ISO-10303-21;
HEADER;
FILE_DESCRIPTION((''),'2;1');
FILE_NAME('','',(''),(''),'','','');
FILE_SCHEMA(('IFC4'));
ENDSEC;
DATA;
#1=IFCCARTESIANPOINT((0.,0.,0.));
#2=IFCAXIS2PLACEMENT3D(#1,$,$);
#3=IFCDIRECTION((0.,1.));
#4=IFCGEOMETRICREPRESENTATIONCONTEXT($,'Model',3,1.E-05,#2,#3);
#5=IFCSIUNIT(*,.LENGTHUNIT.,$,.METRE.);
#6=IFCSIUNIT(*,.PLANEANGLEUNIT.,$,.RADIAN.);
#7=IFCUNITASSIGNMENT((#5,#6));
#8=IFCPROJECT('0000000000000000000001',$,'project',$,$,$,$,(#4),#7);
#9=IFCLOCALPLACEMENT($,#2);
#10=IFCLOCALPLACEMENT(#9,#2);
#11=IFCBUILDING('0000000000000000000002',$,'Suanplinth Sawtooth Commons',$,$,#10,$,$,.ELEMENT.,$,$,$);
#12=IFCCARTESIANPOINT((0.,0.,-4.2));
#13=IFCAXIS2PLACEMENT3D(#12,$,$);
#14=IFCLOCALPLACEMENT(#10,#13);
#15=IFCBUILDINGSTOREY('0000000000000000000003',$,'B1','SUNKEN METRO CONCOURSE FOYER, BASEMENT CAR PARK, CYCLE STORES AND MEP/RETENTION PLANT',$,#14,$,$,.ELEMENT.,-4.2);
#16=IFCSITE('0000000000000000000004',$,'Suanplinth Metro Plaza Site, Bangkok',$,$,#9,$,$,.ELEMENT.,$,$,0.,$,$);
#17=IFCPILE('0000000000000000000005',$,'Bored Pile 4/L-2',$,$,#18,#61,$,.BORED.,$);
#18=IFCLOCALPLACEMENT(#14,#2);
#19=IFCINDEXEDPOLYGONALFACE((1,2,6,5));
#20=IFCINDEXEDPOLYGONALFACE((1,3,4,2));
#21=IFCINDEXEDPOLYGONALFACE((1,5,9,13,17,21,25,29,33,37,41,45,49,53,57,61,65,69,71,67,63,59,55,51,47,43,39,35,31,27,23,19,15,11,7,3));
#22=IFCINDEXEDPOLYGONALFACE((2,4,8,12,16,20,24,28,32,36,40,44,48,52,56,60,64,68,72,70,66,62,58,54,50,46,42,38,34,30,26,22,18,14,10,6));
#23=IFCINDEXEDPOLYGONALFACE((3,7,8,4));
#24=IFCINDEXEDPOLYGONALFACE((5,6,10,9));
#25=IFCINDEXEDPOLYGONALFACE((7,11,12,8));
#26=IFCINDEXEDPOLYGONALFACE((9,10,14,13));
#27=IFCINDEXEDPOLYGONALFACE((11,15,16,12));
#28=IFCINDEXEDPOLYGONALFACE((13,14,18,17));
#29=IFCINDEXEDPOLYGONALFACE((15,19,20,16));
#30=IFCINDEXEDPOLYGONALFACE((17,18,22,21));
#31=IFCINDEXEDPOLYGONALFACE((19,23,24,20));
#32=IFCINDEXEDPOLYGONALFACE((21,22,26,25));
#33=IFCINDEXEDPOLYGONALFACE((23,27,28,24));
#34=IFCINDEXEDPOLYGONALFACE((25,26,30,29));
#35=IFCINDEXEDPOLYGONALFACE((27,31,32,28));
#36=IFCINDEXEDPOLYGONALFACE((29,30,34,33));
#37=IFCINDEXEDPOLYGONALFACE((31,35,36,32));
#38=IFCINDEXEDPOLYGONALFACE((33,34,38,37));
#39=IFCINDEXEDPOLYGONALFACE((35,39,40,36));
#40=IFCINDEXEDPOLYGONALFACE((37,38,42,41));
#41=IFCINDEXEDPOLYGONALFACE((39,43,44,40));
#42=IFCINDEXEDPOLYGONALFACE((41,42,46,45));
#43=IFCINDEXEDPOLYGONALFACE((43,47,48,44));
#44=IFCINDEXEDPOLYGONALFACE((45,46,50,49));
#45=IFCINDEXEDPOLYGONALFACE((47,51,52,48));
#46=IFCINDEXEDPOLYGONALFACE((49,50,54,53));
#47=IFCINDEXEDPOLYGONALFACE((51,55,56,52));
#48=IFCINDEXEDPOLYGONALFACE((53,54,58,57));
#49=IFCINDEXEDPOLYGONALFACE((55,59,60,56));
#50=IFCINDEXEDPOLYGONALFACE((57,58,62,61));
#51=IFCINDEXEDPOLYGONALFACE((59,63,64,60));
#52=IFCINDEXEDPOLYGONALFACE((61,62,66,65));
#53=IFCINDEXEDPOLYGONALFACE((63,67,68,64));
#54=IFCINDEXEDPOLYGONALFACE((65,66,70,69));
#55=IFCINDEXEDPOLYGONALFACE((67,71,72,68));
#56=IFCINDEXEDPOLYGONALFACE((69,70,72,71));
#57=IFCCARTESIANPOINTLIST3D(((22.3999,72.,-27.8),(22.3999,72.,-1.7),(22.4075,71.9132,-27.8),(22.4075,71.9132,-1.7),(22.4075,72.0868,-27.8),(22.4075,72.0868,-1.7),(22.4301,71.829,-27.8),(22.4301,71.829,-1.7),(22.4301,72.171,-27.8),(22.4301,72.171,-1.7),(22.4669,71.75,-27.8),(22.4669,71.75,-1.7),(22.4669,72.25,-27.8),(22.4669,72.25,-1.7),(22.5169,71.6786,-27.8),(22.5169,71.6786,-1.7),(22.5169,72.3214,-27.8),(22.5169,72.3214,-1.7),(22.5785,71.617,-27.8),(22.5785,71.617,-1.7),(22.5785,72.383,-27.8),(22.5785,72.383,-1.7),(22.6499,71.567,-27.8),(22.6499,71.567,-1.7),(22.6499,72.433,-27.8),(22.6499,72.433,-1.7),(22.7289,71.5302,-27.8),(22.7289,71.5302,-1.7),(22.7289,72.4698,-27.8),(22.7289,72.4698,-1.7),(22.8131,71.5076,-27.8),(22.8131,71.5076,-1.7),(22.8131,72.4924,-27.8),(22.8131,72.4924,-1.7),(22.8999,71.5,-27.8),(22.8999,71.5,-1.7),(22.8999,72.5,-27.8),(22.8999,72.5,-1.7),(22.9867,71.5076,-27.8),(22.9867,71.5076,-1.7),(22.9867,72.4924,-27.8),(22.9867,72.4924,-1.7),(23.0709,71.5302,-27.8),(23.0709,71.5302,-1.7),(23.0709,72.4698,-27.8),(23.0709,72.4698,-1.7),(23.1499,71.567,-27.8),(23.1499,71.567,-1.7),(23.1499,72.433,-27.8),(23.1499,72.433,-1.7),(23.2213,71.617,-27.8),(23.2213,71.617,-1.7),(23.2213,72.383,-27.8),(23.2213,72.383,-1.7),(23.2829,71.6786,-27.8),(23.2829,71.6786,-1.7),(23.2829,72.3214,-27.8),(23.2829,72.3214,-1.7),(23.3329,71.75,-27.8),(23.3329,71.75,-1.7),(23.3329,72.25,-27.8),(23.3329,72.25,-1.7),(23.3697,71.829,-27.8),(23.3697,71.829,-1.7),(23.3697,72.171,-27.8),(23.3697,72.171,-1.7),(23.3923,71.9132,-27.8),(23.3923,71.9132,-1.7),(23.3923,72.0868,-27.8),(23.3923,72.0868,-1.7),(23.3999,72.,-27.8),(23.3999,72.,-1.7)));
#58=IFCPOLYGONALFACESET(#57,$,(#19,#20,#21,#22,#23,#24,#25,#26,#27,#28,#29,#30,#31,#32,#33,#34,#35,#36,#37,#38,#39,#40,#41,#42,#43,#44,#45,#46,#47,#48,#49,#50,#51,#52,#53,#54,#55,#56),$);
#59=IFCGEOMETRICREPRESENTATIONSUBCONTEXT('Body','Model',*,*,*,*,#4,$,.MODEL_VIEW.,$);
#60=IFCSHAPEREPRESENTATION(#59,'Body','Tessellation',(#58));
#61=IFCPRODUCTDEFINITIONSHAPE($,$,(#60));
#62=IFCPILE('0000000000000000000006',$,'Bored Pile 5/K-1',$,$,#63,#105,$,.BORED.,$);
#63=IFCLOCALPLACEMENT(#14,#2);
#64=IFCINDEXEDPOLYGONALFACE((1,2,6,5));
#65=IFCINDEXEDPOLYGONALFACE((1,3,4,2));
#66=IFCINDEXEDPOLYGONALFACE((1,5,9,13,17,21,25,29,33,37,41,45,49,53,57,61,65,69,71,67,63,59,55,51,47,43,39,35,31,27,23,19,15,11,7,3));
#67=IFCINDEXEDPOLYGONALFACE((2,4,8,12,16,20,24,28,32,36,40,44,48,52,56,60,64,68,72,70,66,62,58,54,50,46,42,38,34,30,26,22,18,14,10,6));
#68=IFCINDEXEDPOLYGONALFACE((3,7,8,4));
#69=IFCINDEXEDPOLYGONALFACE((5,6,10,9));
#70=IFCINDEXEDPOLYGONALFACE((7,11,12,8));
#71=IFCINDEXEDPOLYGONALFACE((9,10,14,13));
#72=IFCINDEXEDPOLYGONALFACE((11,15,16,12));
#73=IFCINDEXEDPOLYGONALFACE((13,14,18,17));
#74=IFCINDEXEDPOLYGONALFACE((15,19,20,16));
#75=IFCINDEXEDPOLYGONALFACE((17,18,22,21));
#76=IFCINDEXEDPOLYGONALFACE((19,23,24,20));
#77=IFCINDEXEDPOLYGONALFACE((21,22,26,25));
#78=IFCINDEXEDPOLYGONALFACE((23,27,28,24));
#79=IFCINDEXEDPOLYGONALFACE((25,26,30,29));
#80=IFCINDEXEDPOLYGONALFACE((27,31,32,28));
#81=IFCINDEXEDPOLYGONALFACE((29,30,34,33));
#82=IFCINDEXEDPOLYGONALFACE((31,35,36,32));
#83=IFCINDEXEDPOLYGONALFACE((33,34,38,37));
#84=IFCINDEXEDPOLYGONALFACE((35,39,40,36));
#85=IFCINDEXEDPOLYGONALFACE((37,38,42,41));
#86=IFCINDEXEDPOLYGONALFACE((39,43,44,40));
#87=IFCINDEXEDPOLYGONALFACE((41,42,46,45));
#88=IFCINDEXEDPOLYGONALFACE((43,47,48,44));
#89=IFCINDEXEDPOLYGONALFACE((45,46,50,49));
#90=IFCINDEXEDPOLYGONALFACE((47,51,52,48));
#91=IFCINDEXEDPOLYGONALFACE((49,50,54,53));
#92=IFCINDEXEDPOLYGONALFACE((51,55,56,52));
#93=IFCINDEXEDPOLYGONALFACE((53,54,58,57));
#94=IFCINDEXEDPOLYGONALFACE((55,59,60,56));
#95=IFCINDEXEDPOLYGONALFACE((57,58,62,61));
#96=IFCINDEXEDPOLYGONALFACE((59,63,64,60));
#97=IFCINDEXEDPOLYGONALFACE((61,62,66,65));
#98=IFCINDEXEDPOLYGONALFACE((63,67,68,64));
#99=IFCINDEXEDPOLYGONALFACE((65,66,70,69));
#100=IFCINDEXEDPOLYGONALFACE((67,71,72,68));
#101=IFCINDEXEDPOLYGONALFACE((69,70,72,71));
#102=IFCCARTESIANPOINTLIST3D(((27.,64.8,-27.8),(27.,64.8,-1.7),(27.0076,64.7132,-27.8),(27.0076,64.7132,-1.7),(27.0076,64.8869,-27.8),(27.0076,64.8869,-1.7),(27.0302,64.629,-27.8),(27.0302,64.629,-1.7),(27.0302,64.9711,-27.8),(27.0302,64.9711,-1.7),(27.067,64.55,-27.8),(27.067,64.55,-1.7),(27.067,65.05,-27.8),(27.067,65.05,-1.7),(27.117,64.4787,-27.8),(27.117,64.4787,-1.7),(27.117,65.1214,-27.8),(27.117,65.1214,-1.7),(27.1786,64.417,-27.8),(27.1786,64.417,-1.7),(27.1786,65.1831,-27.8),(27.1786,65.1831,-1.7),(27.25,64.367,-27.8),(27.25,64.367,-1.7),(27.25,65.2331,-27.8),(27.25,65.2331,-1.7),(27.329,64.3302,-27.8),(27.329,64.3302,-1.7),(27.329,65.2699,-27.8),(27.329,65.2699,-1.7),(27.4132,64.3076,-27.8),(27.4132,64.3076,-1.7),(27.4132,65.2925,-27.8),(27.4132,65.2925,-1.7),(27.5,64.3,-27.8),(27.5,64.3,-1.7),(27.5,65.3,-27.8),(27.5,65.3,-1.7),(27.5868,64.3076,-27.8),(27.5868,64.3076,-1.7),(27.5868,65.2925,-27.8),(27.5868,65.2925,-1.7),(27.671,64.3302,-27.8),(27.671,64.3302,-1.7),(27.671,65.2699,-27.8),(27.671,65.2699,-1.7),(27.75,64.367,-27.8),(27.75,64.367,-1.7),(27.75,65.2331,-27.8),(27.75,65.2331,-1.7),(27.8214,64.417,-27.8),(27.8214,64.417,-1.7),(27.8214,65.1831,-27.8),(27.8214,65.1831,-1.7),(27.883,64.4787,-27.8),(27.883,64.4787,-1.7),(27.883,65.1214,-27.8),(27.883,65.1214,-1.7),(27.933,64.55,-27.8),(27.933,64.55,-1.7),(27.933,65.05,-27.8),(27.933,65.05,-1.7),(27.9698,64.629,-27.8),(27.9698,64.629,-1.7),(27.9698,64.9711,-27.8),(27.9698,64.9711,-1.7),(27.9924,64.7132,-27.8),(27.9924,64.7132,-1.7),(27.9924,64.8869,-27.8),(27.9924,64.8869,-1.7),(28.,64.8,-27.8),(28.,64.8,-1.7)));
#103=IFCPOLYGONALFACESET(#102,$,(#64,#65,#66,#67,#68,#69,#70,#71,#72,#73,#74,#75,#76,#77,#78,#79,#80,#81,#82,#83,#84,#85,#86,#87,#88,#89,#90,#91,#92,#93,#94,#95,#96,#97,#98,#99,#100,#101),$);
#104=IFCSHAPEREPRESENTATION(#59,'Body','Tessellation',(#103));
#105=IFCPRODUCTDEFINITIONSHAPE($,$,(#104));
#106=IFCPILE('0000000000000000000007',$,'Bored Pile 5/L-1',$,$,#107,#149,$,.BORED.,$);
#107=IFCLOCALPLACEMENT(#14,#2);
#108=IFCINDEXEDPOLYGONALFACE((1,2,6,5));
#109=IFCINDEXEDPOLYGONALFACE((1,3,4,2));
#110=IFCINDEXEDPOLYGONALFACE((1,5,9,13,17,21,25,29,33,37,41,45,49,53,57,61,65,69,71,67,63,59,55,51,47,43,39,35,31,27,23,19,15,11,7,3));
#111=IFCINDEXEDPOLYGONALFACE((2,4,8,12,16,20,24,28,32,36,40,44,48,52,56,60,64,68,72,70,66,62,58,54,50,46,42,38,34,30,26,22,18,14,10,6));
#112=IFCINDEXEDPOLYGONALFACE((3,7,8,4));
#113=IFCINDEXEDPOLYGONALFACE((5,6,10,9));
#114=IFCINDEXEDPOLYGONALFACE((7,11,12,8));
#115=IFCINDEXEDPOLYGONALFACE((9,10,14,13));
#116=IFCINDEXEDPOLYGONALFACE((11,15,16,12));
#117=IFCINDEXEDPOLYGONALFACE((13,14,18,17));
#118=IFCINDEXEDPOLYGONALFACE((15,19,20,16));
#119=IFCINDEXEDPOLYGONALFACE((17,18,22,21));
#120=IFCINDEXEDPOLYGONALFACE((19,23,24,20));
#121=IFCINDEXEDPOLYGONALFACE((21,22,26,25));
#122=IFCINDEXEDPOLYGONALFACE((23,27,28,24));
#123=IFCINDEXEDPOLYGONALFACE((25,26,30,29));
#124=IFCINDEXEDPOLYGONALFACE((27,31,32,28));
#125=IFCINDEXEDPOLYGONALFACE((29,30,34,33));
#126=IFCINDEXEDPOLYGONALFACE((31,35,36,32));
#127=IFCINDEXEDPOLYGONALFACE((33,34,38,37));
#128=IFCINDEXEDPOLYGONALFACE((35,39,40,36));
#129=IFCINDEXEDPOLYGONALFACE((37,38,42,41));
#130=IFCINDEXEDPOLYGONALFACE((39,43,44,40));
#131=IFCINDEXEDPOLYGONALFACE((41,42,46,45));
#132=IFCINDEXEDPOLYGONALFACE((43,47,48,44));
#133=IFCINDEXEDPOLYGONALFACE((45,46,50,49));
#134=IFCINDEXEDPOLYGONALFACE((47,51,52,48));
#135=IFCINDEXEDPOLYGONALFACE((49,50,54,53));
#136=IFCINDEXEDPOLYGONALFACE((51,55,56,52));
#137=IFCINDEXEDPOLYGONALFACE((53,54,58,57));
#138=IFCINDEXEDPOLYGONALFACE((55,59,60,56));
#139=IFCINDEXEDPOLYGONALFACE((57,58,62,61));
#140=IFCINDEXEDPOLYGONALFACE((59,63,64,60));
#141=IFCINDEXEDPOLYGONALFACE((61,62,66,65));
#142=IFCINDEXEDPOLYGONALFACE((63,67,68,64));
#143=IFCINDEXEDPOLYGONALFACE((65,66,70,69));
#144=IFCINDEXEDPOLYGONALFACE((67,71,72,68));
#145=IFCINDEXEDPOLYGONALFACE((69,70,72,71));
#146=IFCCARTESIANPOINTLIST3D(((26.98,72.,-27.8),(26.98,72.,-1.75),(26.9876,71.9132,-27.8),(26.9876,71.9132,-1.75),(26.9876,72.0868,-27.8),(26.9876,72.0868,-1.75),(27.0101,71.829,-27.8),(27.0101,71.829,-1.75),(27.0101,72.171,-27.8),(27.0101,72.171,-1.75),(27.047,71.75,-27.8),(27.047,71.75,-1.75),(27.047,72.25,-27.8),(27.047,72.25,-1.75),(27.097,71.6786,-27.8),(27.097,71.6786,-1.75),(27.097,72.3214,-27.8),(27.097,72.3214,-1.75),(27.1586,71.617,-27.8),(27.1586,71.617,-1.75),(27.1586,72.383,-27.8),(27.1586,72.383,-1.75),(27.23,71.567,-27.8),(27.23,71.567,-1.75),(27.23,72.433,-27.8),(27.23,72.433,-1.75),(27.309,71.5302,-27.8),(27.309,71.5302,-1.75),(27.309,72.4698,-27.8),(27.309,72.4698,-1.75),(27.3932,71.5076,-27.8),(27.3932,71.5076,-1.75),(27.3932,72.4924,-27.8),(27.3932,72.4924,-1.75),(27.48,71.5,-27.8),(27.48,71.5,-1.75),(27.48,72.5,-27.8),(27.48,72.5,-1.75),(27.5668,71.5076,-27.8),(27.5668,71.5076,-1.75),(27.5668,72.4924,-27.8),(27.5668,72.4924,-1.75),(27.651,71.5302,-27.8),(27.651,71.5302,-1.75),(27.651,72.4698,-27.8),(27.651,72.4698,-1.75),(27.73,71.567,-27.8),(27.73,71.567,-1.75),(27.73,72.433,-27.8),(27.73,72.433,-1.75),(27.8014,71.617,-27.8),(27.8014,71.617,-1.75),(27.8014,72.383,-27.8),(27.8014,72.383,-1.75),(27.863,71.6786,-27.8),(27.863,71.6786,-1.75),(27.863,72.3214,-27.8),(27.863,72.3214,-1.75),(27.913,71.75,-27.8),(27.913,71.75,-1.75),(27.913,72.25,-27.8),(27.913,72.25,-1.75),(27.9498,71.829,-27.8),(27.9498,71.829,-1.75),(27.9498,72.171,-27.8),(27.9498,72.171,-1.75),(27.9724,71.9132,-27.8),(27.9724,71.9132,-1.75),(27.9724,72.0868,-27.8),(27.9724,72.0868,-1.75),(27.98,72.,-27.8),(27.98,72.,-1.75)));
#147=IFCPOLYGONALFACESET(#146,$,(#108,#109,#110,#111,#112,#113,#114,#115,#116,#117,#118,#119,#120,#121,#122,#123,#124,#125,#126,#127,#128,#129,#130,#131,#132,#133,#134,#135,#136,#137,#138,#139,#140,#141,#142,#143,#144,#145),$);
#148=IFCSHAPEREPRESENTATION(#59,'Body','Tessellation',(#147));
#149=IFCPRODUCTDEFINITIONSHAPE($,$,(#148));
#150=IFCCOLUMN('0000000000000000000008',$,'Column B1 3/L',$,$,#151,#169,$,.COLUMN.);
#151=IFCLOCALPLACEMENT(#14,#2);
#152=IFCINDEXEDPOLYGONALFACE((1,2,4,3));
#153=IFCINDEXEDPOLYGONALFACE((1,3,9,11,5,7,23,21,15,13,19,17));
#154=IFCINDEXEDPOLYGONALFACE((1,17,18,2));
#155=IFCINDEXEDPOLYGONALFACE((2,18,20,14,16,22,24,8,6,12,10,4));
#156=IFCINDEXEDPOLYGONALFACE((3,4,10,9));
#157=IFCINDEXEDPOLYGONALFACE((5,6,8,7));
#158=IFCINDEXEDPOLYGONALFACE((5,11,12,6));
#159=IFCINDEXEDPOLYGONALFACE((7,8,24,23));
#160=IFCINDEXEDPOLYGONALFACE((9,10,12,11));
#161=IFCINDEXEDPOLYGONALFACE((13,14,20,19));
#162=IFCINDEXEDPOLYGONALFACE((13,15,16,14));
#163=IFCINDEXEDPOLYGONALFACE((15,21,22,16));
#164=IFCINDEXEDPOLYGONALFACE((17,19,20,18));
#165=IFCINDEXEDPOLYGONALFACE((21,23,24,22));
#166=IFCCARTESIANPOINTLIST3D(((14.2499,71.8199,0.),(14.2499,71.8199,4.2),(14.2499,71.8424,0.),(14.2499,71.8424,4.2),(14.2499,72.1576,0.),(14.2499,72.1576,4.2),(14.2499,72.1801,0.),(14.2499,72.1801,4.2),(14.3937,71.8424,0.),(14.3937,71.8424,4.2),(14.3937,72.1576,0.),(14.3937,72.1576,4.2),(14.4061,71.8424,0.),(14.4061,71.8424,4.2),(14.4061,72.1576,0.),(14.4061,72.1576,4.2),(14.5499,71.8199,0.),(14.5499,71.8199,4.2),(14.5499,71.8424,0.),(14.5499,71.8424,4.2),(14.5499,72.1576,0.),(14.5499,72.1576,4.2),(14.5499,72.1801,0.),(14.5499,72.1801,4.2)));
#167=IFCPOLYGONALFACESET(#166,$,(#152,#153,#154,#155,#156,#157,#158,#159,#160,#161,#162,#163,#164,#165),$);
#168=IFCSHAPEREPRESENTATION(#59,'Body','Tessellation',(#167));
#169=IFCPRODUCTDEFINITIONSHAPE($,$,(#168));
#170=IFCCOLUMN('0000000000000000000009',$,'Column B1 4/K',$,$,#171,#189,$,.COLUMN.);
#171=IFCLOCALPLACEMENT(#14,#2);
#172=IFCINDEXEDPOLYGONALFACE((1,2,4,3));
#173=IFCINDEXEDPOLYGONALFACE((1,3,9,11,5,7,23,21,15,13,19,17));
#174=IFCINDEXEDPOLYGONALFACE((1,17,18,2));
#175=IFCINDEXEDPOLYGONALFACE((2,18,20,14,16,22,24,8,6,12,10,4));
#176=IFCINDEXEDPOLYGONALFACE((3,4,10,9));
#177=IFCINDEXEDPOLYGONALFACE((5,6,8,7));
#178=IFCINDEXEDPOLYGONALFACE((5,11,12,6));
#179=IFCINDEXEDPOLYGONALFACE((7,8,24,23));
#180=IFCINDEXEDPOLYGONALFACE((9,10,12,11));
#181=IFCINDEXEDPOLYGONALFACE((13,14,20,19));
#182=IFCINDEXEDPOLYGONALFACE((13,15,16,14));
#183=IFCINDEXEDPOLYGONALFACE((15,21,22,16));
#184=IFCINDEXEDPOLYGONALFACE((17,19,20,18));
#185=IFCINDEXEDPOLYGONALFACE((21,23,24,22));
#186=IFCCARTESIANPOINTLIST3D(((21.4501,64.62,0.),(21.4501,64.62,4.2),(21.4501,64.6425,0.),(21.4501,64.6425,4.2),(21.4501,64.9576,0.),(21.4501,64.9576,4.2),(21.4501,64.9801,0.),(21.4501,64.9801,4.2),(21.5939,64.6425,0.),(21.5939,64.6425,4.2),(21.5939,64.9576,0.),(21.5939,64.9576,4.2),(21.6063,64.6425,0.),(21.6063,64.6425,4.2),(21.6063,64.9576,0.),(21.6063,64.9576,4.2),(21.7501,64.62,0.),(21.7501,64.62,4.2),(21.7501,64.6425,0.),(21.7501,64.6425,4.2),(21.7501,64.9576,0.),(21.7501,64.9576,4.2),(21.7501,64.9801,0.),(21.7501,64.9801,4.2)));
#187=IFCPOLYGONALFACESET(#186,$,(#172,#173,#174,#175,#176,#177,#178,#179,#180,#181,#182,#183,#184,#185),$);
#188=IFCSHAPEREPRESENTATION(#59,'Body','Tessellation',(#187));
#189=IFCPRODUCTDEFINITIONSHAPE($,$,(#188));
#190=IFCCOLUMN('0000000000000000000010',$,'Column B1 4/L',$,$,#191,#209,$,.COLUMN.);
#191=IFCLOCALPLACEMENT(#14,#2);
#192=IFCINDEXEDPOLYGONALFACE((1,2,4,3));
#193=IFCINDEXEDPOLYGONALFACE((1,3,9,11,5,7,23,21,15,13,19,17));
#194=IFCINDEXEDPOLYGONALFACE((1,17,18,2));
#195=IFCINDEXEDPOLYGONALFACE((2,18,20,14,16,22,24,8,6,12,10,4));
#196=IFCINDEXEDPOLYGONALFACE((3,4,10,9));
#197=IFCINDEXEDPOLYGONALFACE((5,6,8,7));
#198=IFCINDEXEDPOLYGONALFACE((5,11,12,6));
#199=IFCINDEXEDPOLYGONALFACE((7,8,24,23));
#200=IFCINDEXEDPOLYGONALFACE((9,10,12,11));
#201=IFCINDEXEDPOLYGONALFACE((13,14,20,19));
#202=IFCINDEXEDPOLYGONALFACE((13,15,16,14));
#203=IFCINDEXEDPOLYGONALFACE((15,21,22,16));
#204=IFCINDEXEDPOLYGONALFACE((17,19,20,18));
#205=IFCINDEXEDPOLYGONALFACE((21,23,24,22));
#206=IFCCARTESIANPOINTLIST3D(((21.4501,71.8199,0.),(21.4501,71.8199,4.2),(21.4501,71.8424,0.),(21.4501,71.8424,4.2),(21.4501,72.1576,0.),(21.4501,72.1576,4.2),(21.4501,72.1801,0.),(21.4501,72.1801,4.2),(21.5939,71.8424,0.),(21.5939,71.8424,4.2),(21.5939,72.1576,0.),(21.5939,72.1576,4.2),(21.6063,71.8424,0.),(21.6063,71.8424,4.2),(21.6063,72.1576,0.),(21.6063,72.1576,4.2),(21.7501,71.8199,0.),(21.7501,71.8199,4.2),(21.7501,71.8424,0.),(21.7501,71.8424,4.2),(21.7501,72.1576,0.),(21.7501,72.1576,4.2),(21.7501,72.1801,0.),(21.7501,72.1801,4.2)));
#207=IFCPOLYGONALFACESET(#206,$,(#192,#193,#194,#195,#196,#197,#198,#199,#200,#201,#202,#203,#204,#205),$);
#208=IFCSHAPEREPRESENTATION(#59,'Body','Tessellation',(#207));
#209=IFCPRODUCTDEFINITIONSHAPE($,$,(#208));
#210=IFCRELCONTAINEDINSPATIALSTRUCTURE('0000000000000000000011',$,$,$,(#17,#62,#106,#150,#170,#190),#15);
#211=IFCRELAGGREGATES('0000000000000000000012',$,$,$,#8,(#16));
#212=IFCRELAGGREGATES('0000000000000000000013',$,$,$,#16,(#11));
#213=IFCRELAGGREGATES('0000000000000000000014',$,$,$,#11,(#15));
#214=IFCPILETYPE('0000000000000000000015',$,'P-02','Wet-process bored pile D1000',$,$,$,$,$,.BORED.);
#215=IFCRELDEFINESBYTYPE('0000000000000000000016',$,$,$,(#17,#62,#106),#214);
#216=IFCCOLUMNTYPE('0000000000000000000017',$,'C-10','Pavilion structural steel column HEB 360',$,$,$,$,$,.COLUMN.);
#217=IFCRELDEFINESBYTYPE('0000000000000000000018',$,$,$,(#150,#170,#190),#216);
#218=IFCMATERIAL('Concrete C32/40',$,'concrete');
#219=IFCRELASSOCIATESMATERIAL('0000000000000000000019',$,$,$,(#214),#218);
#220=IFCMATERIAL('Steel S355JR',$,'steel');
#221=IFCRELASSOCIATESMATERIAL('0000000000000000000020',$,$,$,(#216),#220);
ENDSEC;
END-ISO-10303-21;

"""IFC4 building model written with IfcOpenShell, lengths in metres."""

from ifc_helpers import new_model, si_unit, direction, frame, origin, origin_2d, place, context, subcontext, project, spatial, circle, i_section, extrude, material, material_profile, profile_set, type_object, element, save


model = new_model("IFC4")

# Units and contexts
model_context = context("Model", 3, precision=1e-05, world=origin(), true_north=direction((0.0, 1.0)))
body_context = subcontext(model_context, "Body", "Model", "MODEL_VIEW")
ifc_project = project(units=[si_unit("LENGTHUNIT", "METRE"), si_unit("PLANEANGLEUNIT", "RADIAN")], contexts=[model_context])

# Site, building, storey
site_placement = place(None, origin())
site = spatial("IfcSite", under=ifc_project, at=site_placement, Name="Suanplinth Metro Plaza Site, Bangkok", CompositionType="ELEMENT", RefElevation=0.0)
building_placement = place(site_placement, origin())
building = spatial("IfcBuilding", under=site, at=building_placement, Name="Suanplinth Sawtooth Commons", CompositionType="ELEMENT")
storey_placement = place(building_placement, frame((0.0, 0.0, -4.2)))
storey = spatial("IfcBuildingStorey", under=building, at=storey_placement, Name="B1", Description="SUNKEN METRO CONCOURSE FOYER, BASEMENT CAR PARK, CYCLE STORES AND MEP/RETENTION PLANT", CompositionType="ELEMENT", Elevation=-4.2)

# Piles
ifc_material_1 = material(Name="Concrete C32/40", Category="concrete")
ifc_material_profile_1 = material_profile(ifc_material_1, circle(Radius=0.5, at=origin_2d()), Name="PILE D1000")
ifc_profile_set_1 = profile_set([ifc_material_profile_1], Name="Concrete C32/40")
pile_type_1 = type_object("IfcPileType", Name="P-02", Description="Wet-process bored pile D1000", PredefinedType="BORED", material=ifc_profile_set_1)
for number, where, z_axis, x_axis, name in (
    (1, (22.8999, 72.0, -1.7), (0.0, 0.0, -1.0), (1.0, 0.0, 0.0), "Bored Pile 4/L-2"),
    (2, (27.5, 64.8, -1.7), (0.0, 0.0, -1.0), (1.0, 0.0, 0.0), "Bored Pile 5/K-1"),
):
    element("IfcPile", number, at=place(storey_placement, frame(where, z_axis=z_axis, x_axis=x_axis)), inside=storey, type_object=pile_type_1, Name=name, PredefinedType="BORED", context=body_context, shape_type="SweptSolid", body=[
        extrude(circle(Radius=0.5, at=origin_2d()), origin(), (0.0, 0.0, 1.0), 26.1001),
    ])
pile_1_placement = place(storey_placement, frame((27.48, 72.0, -1.75), z_axis=(0.0, 0.0, -1.0), x_axis=(1.0, 0.0, 0.0)))
element("IfcPile", 3, at=pile_1_placement, inside=storey, type_object=pile_type_1, Name="Bored Pile 5/L-1", PredefinedType="BORED", context=body_context, shape_type="SweptSolid", body=[
    extrude(circle(Radius=0.5, at=origin_2d()), origin(), (0.0, 0.0, 1.0), 26.05),
])

# Columns
ifc_material_2 = material(Name="Steel S355JR", Category="steel")
ifc_material_profile_2 = material_profile(ifc_material_2, i_section(OverallWidth=0.3, OverallDepth=0.3601, WebThickness=0.0125, FlangeThickness=0.0225, at=origin_2d()), Name="HEB 360")
ifc_profile_set_2 = profile_set([ifc_material_profile_2], Name="Steel S355JR")
column_type = type_object("IfcColumnType", Name="C-10", Description="Pavilion structural steel column HEB 360", PredefinedType="COLUMN", material=ifc_profile_set_2)
for number, where, z_axis, x_axis, name in (
    (4, (14.3999, 72.0, 0.0), (0.0, 0.0, 1.0), (1.0, 0.0, 0.0), "Column B1 3/L"),
    (5, (21.6001, 64.8, 0.0), (0.0, 0.0, 1.0), (1.0, 0.0, 0.0), "Column B1 4/K"),
    (6, (21.6001, 72.0, 0.0), (0.0, 0.0, 1.0), (1.0, 0.0, 0.0), "Column B1 4/L"),
):
    element("IfcColumn", number, at=place(storey_placement, frame(where, z_axis=z_axis, x_axis=x_axis)), inside=storey, type_object=column_type, Name=name, PredefinedType="COLUMN", context=body_context, shape_type="SweptSolid", body=[
        extrude(i_section(OverallWidth=0.3, OverallDepth=0.3601, WebThickness=0.0125, FlangeThickness=0.0225, at=origin_2d()), origin(), (0.0, 0.0, 1.0), 4.2),
    ])

save(model, "model.ifc")
